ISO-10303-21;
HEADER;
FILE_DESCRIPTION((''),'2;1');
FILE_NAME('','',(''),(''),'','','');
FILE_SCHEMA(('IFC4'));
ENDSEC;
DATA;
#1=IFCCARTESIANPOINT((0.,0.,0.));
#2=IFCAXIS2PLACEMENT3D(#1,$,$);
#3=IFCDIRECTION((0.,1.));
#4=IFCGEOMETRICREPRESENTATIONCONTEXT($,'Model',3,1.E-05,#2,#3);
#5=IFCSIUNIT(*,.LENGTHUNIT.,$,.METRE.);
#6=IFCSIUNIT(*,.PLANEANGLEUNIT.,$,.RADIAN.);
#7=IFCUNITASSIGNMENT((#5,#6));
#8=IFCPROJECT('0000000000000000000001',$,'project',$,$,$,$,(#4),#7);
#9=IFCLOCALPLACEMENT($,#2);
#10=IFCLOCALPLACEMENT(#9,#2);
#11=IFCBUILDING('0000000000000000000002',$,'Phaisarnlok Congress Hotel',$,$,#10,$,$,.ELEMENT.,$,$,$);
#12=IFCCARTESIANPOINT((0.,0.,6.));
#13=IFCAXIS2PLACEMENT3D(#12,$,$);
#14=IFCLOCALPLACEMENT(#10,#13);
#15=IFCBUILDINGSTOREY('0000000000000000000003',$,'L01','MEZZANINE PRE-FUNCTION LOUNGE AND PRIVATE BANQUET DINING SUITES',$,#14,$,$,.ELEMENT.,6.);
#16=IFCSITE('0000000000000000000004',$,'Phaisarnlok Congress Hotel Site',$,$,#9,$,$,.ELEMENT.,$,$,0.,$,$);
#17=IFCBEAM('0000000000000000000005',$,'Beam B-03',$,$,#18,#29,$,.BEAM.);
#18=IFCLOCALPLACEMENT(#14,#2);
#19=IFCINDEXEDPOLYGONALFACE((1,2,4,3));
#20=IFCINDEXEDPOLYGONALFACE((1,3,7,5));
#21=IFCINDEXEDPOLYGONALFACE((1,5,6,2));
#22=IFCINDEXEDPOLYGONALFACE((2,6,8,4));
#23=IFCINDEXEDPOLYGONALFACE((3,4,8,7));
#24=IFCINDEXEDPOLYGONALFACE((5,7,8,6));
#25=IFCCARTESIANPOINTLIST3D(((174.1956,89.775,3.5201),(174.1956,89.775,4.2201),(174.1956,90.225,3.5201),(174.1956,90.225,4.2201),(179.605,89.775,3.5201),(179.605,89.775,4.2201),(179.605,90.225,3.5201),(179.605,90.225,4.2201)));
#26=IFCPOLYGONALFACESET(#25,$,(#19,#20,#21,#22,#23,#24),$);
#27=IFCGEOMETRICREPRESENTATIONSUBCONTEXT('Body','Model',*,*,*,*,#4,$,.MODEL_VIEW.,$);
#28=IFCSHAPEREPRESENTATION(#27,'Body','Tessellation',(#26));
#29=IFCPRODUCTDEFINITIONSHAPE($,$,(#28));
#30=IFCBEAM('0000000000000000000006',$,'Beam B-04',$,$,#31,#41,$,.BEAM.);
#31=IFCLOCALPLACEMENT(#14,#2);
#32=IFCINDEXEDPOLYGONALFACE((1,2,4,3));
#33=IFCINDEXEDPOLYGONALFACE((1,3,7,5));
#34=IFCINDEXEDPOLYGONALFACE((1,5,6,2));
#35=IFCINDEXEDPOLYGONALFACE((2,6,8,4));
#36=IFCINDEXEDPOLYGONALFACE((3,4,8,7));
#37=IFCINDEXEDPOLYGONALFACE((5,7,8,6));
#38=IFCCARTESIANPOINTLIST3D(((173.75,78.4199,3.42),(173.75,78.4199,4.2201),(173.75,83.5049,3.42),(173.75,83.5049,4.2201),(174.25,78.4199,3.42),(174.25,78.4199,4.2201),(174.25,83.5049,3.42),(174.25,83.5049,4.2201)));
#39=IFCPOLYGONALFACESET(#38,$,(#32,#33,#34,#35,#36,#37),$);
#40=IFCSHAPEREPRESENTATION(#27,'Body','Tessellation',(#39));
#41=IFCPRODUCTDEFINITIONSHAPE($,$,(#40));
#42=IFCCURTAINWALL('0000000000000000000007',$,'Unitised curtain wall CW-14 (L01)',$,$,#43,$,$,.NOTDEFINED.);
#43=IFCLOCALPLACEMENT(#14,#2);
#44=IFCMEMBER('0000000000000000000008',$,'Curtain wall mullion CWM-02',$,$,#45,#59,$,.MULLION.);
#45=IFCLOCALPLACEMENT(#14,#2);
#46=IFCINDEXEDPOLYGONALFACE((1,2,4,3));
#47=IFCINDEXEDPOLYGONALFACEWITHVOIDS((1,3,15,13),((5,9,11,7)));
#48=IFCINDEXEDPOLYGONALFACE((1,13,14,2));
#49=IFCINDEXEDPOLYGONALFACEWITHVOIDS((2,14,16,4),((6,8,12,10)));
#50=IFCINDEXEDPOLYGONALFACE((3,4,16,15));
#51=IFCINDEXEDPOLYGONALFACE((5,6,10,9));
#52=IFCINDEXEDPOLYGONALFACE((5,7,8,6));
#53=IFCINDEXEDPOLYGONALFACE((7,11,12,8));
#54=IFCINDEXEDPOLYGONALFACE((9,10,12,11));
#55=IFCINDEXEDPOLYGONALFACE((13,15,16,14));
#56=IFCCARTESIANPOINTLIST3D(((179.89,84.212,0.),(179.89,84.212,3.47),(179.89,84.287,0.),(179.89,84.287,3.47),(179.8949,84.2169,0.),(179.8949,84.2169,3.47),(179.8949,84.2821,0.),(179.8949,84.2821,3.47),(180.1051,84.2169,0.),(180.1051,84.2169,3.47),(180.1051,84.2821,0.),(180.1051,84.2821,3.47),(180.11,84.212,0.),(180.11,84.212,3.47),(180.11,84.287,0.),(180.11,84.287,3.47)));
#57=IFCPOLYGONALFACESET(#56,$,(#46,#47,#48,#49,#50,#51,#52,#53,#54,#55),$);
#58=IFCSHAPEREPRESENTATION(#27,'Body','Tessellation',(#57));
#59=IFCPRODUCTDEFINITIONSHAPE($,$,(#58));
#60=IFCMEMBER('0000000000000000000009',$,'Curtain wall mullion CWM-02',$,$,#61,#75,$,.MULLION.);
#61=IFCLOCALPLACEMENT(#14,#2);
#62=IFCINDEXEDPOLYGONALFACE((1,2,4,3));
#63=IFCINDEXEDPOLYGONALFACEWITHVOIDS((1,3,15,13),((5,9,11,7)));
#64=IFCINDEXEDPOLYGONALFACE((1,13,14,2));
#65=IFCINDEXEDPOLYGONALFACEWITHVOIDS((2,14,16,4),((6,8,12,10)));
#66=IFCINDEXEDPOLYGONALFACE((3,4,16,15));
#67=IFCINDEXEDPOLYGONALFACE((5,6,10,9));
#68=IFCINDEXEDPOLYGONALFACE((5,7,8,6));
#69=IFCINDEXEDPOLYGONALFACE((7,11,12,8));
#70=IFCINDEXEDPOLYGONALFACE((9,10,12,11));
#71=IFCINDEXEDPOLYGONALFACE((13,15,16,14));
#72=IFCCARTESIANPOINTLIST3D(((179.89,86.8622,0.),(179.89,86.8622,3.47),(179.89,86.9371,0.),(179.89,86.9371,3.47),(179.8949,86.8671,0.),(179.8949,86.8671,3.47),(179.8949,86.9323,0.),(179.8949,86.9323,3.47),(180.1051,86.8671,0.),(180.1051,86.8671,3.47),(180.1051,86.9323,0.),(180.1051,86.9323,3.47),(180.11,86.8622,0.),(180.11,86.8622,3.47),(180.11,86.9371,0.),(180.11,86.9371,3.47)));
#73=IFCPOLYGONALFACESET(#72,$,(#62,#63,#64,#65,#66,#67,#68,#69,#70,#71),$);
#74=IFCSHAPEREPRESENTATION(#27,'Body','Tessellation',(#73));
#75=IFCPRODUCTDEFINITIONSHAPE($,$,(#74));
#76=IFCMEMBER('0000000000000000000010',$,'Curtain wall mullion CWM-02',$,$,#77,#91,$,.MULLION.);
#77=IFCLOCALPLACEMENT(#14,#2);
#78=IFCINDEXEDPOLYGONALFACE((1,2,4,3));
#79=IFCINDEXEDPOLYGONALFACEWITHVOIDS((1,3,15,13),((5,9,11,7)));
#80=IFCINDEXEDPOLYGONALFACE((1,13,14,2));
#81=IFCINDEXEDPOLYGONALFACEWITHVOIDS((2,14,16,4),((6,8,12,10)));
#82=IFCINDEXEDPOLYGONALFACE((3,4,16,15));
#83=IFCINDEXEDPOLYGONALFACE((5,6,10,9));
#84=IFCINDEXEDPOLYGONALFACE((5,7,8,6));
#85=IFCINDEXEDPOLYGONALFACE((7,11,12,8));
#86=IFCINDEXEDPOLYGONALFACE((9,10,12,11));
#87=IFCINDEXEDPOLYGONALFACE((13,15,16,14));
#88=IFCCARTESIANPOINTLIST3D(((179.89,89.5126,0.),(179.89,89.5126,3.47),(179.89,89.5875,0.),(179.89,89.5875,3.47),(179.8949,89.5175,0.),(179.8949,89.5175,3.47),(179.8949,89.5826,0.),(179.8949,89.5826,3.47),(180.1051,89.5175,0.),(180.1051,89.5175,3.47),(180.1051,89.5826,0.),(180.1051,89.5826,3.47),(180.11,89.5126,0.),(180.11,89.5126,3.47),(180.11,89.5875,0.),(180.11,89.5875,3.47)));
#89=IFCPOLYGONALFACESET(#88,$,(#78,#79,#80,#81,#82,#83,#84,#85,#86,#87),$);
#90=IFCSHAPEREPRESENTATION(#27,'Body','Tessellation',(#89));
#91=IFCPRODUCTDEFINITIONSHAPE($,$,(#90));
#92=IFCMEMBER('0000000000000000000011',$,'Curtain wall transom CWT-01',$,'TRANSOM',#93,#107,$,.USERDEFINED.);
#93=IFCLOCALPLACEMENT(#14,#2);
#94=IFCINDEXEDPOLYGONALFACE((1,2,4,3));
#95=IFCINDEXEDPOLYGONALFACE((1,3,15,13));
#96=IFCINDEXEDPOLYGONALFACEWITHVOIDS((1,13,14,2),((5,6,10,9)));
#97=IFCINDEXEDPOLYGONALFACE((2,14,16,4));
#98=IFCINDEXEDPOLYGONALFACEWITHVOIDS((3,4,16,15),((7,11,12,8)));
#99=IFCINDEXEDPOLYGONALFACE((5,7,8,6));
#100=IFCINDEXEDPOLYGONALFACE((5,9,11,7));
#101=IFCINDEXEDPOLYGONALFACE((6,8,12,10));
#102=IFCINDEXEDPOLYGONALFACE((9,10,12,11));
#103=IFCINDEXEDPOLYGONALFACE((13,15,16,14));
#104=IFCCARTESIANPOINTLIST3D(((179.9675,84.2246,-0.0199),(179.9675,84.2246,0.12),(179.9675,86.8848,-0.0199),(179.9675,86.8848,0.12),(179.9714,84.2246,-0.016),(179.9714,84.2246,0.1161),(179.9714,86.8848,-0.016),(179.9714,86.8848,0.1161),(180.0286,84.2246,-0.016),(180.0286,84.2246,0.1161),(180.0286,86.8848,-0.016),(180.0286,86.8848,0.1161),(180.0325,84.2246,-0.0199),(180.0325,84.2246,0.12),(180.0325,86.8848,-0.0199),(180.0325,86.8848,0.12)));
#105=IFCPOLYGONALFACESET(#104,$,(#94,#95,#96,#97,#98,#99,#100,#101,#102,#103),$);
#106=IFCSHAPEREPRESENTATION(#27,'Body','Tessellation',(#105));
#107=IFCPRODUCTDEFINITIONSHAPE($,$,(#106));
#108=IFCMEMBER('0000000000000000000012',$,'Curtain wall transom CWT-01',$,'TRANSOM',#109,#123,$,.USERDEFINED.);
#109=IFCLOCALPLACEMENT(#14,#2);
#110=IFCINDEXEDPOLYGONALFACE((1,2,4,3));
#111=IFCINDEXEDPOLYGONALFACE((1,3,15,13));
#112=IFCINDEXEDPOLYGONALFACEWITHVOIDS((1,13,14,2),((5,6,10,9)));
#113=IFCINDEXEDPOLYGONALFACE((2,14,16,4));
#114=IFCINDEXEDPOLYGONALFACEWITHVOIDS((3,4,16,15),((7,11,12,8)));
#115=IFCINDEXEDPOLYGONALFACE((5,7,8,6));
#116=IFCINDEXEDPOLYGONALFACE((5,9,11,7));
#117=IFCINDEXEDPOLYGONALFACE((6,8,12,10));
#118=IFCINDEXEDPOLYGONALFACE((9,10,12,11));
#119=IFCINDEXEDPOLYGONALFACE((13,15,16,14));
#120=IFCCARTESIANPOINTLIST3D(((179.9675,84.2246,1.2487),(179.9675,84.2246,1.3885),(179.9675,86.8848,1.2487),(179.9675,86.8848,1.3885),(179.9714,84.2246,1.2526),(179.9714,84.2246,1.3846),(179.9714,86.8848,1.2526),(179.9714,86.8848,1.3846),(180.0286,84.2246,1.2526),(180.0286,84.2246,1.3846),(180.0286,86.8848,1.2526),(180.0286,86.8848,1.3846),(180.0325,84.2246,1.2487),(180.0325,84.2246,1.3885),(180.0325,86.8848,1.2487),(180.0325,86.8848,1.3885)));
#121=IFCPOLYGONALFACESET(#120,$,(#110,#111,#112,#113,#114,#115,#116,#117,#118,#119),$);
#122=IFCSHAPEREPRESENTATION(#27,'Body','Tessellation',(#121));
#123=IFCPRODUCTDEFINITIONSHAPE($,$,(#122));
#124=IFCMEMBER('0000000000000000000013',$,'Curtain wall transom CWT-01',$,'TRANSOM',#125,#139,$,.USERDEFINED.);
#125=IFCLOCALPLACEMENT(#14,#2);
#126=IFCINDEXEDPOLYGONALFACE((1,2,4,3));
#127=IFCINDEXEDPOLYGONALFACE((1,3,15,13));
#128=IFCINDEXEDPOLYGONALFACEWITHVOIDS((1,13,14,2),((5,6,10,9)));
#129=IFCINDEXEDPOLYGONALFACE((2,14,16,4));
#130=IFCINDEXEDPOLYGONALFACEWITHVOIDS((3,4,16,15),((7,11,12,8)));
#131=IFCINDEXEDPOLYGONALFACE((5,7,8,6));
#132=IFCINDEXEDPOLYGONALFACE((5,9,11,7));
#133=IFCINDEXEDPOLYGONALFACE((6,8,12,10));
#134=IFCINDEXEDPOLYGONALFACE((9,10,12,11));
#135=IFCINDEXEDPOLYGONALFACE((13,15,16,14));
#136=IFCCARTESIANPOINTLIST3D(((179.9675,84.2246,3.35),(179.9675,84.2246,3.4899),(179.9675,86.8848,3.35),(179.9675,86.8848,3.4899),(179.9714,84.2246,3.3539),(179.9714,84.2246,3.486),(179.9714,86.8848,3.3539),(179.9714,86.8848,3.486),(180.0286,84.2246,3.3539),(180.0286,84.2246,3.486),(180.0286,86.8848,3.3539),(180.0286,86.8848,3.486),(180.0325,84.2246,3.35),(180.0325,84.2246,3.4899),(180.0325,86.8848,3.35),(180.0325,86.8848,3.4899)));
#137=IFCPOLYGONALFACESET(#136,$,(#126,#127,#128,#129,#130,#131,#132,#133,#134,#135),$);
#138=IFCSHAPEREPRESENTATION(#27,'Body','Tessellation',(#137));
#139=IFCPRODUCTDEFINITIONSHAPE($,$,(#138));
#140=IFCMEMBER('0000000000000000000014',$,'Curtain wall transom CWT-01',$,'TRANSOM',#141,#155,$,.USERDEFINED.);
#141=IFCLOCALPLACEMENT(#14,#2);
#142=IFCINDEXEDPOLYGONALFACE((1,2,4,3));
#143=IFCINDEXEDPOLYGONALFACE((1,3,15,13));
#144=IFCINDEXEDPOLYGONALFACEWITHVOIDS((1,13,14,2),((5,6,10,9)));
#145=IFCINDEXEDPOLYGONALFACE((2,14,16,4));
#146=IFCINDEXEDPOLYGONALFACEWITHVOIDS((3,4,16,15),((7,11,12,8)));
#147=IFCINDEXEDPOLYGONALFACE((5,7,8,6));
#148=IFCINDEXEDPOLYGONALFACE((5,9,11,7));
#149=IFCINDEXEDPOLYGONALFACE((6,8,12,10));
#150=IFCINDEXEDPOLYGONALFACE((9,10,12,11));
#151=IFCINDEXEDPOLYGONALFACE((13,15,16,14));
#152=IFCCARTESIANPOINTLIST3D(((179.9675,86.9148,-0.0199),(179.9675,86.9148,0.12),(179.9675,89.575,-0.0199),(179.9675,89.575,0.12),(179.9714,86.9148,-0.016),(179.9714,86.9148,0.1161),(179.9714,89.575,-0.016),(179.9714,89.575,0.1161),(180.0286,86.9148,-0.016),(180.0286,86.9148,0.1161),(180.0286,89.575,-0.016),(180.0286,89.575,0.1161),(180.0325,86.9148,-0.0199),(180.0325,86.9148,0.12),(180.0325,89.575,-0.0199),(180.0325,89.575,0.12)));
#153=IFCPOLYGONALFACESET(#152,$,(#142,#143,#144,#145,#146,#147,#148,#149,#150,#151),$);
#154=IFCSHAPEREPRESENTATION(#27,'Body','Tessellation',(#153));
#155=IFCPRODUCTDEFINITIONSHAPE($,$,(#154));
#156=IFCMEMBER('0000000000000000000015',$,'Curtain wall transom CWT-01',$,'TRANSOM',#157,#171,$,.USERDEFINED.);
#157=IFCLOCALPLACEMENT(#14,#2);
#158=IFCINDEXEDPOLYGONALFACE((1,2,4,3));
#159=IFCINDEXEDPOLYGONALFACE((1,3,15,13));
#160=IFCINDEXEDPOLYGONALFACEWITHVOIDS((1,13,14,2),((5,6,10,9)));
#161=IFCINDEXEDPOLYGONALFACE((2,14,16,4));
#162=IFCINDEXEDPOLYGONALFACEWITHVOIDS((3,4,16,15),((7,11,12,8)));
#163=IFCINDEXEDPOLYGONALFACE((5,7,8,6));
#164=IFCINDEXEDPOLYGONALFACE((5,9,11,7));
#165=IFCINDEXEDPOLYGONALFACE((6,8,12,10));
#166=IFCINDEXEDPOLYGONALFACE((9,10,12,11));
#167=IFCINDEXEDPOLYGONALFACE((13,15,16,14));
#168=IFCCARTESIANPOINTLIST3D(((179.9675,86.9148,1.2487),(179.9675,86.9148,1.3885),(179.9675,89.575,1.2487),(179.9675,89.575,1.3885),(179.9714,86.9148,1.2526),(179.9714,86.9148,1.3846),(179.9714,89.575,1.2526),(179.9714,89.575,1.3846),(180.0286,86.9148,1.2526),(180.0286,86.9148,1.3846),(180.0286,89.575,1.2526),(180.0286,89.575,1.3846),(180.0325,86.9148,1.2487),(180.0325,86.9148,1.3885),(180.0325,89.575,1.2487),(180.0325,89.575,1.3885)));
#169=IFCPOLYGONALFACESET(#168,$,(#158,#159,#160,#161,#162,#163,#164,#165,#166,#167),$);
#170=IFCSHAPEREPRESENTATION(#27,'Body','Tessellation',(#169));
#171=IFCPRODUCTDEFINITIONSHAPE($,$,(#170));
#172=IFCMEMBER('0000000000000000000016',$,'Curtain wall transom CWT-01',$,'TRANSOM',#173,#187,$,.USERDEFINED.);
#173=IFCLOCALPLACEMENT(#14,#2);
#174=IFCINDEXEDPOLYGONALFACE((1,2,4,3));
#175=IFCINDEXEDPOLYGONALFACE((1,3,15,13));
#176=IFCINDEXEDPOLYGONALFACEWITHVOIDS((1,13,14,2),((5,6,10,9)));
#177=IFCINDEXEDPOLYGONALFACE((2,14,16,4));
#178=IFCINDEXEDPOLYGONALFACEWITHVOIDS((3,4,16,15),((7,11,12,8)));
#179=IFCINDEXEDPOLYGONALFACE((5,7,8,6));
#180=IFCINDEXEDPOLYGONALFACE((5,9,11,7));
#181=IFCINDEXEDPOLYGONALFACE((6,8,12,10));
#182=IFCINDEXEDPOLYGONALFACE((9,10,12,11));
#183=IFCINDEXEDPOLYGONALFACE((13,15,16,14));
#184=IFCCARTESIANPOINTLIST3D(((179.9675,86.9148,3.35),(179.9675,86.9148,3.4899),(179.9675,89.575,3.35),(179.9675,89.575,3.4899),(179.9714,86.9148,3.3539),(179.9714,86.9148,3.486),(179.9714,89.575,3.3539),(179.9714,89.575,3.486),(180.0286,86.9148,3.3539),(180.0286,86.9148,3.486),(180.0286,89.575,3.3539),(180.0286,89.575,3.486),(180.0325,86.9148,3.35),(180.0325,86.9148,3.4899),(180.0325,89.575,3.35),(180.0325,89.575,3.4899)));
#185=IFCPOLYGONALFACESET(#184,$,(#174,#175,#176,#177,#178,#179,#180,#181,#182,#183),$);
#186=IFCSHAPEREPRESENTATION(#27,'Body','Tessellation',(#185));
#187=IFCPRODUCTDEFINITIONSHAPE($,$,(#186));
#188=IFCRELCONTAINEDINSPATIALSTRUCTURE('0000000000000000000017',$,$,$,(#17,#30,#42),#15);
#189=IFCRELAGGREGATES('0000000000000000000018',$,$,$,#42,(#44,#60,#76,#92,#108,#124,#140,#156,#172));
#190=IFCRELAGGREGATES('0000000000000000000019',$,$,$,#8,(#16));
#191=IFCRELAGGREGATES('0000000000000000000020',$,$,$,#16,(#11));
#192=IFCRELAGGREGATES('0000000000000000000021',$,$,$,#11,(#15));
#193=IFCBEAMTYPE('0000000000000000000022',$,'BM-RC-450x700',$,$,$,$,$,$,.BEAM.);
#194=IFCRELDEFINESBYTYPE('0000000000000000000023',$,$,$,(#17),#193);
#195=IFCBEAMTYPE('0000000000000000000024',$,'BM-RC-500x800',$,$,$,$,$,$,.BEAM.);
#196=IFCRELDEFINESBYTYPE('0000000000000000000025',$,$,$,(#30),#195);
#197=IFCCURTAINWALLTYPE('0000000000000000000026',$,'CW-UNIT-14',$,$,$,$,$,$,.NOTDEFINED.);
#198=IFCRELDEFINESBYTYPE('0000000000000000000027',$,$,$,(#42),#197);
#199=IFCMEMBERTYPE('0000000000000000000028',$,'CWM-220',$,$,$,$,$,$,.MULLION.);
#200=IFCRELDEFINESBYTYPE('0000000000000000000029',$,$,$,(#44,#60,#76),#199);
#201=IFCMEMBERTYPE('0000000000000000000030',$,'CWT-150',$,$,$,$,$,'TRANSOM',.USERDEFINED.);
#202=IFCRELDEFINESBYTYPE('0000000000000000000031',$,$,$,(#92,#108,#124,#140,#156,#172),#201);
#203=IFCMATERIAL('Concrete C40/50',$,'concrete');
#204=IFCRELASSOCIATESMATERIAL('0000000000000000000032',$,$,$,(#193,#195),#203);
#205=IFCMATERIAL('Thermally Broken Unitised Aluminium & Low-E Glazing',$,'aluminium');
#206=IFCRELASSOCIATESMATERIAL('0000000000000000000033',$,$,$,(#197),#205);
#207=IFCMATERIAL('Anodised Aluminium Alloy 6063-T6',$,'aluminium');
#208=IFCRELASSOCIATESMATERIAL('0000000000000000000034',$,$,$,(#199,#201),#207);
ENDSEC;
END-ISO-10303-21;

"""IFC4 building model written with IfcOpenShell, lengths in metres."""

from ifc_helpers import new_model, si_unit, direction, frame, origin, origin_2d, place, context, subcontext, project, spatial, rectangle, hollow_rectangle, extrude, material, material_profile, profile_set, type_object, element, aggregate, save


model = new_model("IFC4")

# Units and contexts
model_context = context("Model", 3, precision=1e-05, world=origin(), true_north=direction((0.0, 1.0)))
body_context = subcontext(model_context, "Body", "Model", "MODEL_VIEW")
ifc_project = project(units=[si_unit("LENGTHUNIT", "METRE"), si_unit("PLANEANGLEUNIT", "RADIAN")], contexts=[model_context])

# Site, building, storey
site_placement = place(None, origin())
site = spatial("IfcSite", under=ifc_project, at=site_placement, Name="Phaisarnlok Congress Hotel Site", CompositionType="ELEMENT", RefElevation=0.0)
building_placement = place(site_placement, origin())
building = spatial("IfcBuilding", under=site, at=building_placement, Name="Phaisarnlok Congress Hotel", CompositionType="ELEMENT")
storey_placement = place(building_placement, frame((0.0, 0.0, 6.0)))
storey = spatial("IfcBuildingStorey", under=building, at=storey_placement, Name="L01", Description="MEZZANINE PRE-FUNCTION LOUNGE AND PRIVATE BANQUET DINING SUITES", CompositionType="ELEMENT", Elevation=6.0)

# Beams
ifc_material_1 = material(Name="Concrete C40/50", Category="concrete")
ifc_material_profile_1 = material_profile(ifc_material_1, rectangle(XDim=0.45, YDim=0.7, at=origin_2d()), Name="RC 450x700")
ifc_profile_set_1 = profile_set([ifc_material_profile_1], Name="Concrete C40/50")
beam_type_1 = type_object("IfcBeamType", Name="BM-RC-450x700", PredefinedType="BEAM", material=ifc_profile_set_1)
beam_1_placement = place(storey_placement, frame((174.1956, 90.0, 3.8701), z_axis=(1.0, 0.0, 0.0), x_axis=(0.0, 1.0, 0.0)))
element("IfcBeam", 1, at=beam_1_placement, inside=storey, type_object=beam_type_1, Name="Beam B-03", PredefinedType="BEAM", context=body_context, shape_type="SweptSolid", body=[
    extrude(rectangle(XDim=0.45, YDim=0.7, at=origin_2d()), origin(), (0.0, 0.0, 1.0), 5.4094),
])
ifc_material_profile_2 = material_profile(ifc_material_1, rectangle(XDim=0.5, YDim=0.8, at=origin_2d()), Name="RC 500x800")
ifc_profile_set_2 = profile_set([ifc_material_profile_2], Name="Concrete C40/50")
beam_type_2 = type_object("IfcBeamType", Name="BM-RC-500x800", PredefinedType="BEAM", material=ifc_profile_set_2)
beam_2_placement = place(storey_placement, frame((174.0, 78.4199, 3.8201), z_axis=(0.0, 1.0, 0.0), x_axis=(-1.0, 0.0, 0.0)))
element("IfcBeam", 2, at=beam_2_placement, inside=storey, type_object=beam_type_2, Name="Beam B-04", PredefinedType="BEAM", context=body_context, shape_type="SweptSolid", body=[
    extrude(rectangle(XDim=0.5, YDim=0.8, at=origin_2d()), origin(), (0.0, 0.0, 1.0), 5.085),
])

# Curtain wall, members
ifc_material_2 = material(Name="Thermally Broken Unitised Aluminium & Low-E Glazing", Category="aluminium")
curtain_wall_type = type_object("IfcCurtainWallType", Name="CW-UNIT-14", PredefinedType="NOTDEFINED", material=ifc_material_2)
curtain_wall_placement = place(storey_placement, origin())
curtain_wall = element("IfcCurtainWall", 3, at=curtain_wall_placement, inside=storey, type_object=curtain_wall_type, Name="Unitised curtain wall CW-14 (L01)", PredefinedType="NOTDEFINED")
ifc_material_3 = material(Name="Anodised Aluminium Alloy 6063-T6", Category="aluminium")
ifc_material_profile_3 = material_profile(ifc_material_3, hollow_rectangle(XDim=0.075, YDim=0.22, WallThickness=0.0049, at=origin_2d()), Name="ALU-M 75x220x5")
ifc_profile_set_3 = profile_set([ifc_material_profile_3], Name="Anodised Aluminium Alloy 6063-T6")
member_type_1 = type_object("IfcMemberType", Name="CWM-220", PredefinedType="MULLION", material=ifc_profile_set_3)
member_1_placement = place(storey_placement, frame((180.0, 84.2495, 0.0), z_axis=(0.0, 0.0, 1.0), x_axis=(0.0, 1.0, 0.0)))
member_1 = element("IfcMember", 4, at=member_1_placement, type_object=member_type_1, Name="Curtain wall mullion CWM-02", PredefinedType="MULLION", context=body_context, shape_type="SweptSolid", body=[
    extrude(hollow_rectangle(XDim=0.075, YDim=0.22, WallThickness=0.0049, at=origin_2d()), origin(), (0.0, 0.0, 1.0), 3.47),
])
member_2_placement = place(storey_placement, frame((180.0, 86.8997, 0.0), z_axis=(0.0, 0.0, 1.0), x_axis=(0.0, 1.0, 0.0)))
member_2 = element("IfcMember", 5, at=member_2_placement, type_object=member_type_1, Name="Curtain wall mullion CWM-02", PredefinedType="MULLION", context=body_context, shape_type="SweptSolid", body=[
    extrude(hollow_rectangle(XDim=0.075, YDim=0.22, WallThickness=0.0049, at=origin_2d()), origin(), (0.0, 0.0, 1.0), 3.47),
])
member_3_placement = place(storey_placement, frame((180.0, 89.55, 0.0), z_axis=(0.0, 0.0, 1.0), x_axis=(0.0, 1.0, 0.0)))
member_3 = element("IfcMember", 6, at=member_3_placement, type_object=member_type_1, Name="Curtain wall mullion CWM-02", PredefinedType="MULLION", context=body_context, shape_type="SweptSolid", body=[
    extrude(hollow_rectangle(XDim=0.075, YDim=0.22, WallThickness=0.0049, at=origin_2d()), origin(), (0.0, 0.0, 1.0), 3.47),
])
ifc_material_profile_4 = material_profile(ifc_material_3, hollow_rectangle(XDim=0.0649, YDim=0.1399, WallThickness=0.0039, at=origin_2d()), Name="ALU-T 65x140x4")
ifc_profile_set_4 = profile_set([ifc_material_profile_4], Name="Anodised Aluminium Alloy 6063-T6")
member_type_2 = type_object("IfcMemberType", Name="CWT-150", ElementType="TRANSOM", PredefinedType="USERDEFINED", material=ifc_profile_set_4)
member_4_placement = place(storey_placement, frame((180.0, 84.2246, 0.05), z_axis=(0.0, 1.0, 0.0), x_axis=(-1.0, 0.0, 0.0)))
member_4 = element("IfcMember", 7, at=member_4_placement, type_object=member_type_2, Name="Curtain wall transom CWT-01", ObjectType="TRANSOM", PredefinedType="USERDEFINED", context=body_context, shape_type="SweptSolid", body=[
    extrude(hollow_rectangle(XDim=0.0649, YDim=0.1399, WallThickness=0.0039, at=origin_2d()), origin(), (0.0, 0.0, 1.0), 2.6602),
])
member_5_placement = place(storey_placement, frame((180.0, 84.2246, 1.3186), z_axis=(0.0, 1.0, 0.0), x_axis=(-1.0, 0.0, 0.0)))
member_5 = element("IfcMember", 8, at=member_5_placement, type_object=member_type_2, Name="Curtain wall transom CWT-01", ObjectType="TRANSOM", PredefinedType="USERDEFINED", context=body_context, shape_type="SweptSolid", body=[
    extrude(hollow_rectangle(XDim=0.0649, YDim=0.1399, WallThickness=0.0039, at=origin_2d()), origin(), (0.0, 0.0, 1.0), 2.6602),
])
member_6_placement = place(storey_placement, frame((180.0, 84.2246, 3.4199), z_axis=(0.0, 1.0, 0.0), x_axis=(-1.0, 0.0, 0.0)))
member_6 = element("IfcMember", 9, at=member_6_placement, type_object=member_type_2, Name="Curtain wall transom CWT-01", ObjectType="TRANSOM", PredefinedType="USERDEFINED", context=body_context, shape_type="SweptSolid", body=[
    extrude(hollow_rectangle(XDim=0.0649, YDim=0.1399, WallThickness=0.0039, at=origin_2d()), origin(), (0.0, 0.0, 1.0), 2.6602),
])
member_7_placement = place(storey_placement, frame((180.0, 86.9148, 0.05), z_axis=(0.0, 1.0, 0.0), x_axis=(-1.0, 0.0, 0.0)))
member_7 = element("IfcMember", 10, at=member_7_placement, type_object=member_type_2, Name="Curtain wall transom CWT-01", ObjectType="TRANSOM", PredefinedType="USERDEFINED", context=body_context, shape_type="SweptSolid", body=[
    extrude(hollow_rectangle(XDim=0.0649, YDim=0.1399, WallThickness=0.0039, at=origin_2d()), origin(), (0.0, 0.0, 1.0), 2.6602),
])
member_8_placement = place(storey_placement, frame((180.0, 86.9148, 1.3186), z_axis=(0.0, 1.0, 0.0), x_axis=(-1.0, 0.0, 0.0)))
member_8 = element("IfcMember", 11, at=member_8_placement, type_object=member_type_2, Name="Curtain wall transom CWT-01", ObjectType="TRANSOM", PredefinedType="USERDEFINED", context=body_context, shape_type="SweptSolid", body=[
    extrude(hollow_rectangle(XDim=0.0649, YDim=0.1399, WallThickness=0.0039, at=origin_2d()), origin(), (0.0, 0.0, 1.0), 2.6602),
])
member_9_placement = place(storey_placement, frame((180.0, 86.9148, 3.4199), z_axis=(0.0, 1.0, 0.0), x_axis=(-1.0, 0.0, 0.0)))
member_9 = element("IfcMember", 12, at=member_9_placement, type_object=member_type_2, Name="Curtain wall transom CWT-01", ObjectType="TRANSOM", PredefinedType="USERDEFINED", context=body_context, shape_type="SweptSolid", body=[
    extrude(hollow_rectangle(XDim=0.0649, YDim=0.1399, WallThickness=0.0039, at=origin_2d()), origin(), (0.0, 0.0, 1.0), 2.6602),
])

aggregate(curtain_wall, [member_1, member_2, member_3, member_4, member_5, member_6, member_7, member_8, member_9])

save(model, "model.ifc")
